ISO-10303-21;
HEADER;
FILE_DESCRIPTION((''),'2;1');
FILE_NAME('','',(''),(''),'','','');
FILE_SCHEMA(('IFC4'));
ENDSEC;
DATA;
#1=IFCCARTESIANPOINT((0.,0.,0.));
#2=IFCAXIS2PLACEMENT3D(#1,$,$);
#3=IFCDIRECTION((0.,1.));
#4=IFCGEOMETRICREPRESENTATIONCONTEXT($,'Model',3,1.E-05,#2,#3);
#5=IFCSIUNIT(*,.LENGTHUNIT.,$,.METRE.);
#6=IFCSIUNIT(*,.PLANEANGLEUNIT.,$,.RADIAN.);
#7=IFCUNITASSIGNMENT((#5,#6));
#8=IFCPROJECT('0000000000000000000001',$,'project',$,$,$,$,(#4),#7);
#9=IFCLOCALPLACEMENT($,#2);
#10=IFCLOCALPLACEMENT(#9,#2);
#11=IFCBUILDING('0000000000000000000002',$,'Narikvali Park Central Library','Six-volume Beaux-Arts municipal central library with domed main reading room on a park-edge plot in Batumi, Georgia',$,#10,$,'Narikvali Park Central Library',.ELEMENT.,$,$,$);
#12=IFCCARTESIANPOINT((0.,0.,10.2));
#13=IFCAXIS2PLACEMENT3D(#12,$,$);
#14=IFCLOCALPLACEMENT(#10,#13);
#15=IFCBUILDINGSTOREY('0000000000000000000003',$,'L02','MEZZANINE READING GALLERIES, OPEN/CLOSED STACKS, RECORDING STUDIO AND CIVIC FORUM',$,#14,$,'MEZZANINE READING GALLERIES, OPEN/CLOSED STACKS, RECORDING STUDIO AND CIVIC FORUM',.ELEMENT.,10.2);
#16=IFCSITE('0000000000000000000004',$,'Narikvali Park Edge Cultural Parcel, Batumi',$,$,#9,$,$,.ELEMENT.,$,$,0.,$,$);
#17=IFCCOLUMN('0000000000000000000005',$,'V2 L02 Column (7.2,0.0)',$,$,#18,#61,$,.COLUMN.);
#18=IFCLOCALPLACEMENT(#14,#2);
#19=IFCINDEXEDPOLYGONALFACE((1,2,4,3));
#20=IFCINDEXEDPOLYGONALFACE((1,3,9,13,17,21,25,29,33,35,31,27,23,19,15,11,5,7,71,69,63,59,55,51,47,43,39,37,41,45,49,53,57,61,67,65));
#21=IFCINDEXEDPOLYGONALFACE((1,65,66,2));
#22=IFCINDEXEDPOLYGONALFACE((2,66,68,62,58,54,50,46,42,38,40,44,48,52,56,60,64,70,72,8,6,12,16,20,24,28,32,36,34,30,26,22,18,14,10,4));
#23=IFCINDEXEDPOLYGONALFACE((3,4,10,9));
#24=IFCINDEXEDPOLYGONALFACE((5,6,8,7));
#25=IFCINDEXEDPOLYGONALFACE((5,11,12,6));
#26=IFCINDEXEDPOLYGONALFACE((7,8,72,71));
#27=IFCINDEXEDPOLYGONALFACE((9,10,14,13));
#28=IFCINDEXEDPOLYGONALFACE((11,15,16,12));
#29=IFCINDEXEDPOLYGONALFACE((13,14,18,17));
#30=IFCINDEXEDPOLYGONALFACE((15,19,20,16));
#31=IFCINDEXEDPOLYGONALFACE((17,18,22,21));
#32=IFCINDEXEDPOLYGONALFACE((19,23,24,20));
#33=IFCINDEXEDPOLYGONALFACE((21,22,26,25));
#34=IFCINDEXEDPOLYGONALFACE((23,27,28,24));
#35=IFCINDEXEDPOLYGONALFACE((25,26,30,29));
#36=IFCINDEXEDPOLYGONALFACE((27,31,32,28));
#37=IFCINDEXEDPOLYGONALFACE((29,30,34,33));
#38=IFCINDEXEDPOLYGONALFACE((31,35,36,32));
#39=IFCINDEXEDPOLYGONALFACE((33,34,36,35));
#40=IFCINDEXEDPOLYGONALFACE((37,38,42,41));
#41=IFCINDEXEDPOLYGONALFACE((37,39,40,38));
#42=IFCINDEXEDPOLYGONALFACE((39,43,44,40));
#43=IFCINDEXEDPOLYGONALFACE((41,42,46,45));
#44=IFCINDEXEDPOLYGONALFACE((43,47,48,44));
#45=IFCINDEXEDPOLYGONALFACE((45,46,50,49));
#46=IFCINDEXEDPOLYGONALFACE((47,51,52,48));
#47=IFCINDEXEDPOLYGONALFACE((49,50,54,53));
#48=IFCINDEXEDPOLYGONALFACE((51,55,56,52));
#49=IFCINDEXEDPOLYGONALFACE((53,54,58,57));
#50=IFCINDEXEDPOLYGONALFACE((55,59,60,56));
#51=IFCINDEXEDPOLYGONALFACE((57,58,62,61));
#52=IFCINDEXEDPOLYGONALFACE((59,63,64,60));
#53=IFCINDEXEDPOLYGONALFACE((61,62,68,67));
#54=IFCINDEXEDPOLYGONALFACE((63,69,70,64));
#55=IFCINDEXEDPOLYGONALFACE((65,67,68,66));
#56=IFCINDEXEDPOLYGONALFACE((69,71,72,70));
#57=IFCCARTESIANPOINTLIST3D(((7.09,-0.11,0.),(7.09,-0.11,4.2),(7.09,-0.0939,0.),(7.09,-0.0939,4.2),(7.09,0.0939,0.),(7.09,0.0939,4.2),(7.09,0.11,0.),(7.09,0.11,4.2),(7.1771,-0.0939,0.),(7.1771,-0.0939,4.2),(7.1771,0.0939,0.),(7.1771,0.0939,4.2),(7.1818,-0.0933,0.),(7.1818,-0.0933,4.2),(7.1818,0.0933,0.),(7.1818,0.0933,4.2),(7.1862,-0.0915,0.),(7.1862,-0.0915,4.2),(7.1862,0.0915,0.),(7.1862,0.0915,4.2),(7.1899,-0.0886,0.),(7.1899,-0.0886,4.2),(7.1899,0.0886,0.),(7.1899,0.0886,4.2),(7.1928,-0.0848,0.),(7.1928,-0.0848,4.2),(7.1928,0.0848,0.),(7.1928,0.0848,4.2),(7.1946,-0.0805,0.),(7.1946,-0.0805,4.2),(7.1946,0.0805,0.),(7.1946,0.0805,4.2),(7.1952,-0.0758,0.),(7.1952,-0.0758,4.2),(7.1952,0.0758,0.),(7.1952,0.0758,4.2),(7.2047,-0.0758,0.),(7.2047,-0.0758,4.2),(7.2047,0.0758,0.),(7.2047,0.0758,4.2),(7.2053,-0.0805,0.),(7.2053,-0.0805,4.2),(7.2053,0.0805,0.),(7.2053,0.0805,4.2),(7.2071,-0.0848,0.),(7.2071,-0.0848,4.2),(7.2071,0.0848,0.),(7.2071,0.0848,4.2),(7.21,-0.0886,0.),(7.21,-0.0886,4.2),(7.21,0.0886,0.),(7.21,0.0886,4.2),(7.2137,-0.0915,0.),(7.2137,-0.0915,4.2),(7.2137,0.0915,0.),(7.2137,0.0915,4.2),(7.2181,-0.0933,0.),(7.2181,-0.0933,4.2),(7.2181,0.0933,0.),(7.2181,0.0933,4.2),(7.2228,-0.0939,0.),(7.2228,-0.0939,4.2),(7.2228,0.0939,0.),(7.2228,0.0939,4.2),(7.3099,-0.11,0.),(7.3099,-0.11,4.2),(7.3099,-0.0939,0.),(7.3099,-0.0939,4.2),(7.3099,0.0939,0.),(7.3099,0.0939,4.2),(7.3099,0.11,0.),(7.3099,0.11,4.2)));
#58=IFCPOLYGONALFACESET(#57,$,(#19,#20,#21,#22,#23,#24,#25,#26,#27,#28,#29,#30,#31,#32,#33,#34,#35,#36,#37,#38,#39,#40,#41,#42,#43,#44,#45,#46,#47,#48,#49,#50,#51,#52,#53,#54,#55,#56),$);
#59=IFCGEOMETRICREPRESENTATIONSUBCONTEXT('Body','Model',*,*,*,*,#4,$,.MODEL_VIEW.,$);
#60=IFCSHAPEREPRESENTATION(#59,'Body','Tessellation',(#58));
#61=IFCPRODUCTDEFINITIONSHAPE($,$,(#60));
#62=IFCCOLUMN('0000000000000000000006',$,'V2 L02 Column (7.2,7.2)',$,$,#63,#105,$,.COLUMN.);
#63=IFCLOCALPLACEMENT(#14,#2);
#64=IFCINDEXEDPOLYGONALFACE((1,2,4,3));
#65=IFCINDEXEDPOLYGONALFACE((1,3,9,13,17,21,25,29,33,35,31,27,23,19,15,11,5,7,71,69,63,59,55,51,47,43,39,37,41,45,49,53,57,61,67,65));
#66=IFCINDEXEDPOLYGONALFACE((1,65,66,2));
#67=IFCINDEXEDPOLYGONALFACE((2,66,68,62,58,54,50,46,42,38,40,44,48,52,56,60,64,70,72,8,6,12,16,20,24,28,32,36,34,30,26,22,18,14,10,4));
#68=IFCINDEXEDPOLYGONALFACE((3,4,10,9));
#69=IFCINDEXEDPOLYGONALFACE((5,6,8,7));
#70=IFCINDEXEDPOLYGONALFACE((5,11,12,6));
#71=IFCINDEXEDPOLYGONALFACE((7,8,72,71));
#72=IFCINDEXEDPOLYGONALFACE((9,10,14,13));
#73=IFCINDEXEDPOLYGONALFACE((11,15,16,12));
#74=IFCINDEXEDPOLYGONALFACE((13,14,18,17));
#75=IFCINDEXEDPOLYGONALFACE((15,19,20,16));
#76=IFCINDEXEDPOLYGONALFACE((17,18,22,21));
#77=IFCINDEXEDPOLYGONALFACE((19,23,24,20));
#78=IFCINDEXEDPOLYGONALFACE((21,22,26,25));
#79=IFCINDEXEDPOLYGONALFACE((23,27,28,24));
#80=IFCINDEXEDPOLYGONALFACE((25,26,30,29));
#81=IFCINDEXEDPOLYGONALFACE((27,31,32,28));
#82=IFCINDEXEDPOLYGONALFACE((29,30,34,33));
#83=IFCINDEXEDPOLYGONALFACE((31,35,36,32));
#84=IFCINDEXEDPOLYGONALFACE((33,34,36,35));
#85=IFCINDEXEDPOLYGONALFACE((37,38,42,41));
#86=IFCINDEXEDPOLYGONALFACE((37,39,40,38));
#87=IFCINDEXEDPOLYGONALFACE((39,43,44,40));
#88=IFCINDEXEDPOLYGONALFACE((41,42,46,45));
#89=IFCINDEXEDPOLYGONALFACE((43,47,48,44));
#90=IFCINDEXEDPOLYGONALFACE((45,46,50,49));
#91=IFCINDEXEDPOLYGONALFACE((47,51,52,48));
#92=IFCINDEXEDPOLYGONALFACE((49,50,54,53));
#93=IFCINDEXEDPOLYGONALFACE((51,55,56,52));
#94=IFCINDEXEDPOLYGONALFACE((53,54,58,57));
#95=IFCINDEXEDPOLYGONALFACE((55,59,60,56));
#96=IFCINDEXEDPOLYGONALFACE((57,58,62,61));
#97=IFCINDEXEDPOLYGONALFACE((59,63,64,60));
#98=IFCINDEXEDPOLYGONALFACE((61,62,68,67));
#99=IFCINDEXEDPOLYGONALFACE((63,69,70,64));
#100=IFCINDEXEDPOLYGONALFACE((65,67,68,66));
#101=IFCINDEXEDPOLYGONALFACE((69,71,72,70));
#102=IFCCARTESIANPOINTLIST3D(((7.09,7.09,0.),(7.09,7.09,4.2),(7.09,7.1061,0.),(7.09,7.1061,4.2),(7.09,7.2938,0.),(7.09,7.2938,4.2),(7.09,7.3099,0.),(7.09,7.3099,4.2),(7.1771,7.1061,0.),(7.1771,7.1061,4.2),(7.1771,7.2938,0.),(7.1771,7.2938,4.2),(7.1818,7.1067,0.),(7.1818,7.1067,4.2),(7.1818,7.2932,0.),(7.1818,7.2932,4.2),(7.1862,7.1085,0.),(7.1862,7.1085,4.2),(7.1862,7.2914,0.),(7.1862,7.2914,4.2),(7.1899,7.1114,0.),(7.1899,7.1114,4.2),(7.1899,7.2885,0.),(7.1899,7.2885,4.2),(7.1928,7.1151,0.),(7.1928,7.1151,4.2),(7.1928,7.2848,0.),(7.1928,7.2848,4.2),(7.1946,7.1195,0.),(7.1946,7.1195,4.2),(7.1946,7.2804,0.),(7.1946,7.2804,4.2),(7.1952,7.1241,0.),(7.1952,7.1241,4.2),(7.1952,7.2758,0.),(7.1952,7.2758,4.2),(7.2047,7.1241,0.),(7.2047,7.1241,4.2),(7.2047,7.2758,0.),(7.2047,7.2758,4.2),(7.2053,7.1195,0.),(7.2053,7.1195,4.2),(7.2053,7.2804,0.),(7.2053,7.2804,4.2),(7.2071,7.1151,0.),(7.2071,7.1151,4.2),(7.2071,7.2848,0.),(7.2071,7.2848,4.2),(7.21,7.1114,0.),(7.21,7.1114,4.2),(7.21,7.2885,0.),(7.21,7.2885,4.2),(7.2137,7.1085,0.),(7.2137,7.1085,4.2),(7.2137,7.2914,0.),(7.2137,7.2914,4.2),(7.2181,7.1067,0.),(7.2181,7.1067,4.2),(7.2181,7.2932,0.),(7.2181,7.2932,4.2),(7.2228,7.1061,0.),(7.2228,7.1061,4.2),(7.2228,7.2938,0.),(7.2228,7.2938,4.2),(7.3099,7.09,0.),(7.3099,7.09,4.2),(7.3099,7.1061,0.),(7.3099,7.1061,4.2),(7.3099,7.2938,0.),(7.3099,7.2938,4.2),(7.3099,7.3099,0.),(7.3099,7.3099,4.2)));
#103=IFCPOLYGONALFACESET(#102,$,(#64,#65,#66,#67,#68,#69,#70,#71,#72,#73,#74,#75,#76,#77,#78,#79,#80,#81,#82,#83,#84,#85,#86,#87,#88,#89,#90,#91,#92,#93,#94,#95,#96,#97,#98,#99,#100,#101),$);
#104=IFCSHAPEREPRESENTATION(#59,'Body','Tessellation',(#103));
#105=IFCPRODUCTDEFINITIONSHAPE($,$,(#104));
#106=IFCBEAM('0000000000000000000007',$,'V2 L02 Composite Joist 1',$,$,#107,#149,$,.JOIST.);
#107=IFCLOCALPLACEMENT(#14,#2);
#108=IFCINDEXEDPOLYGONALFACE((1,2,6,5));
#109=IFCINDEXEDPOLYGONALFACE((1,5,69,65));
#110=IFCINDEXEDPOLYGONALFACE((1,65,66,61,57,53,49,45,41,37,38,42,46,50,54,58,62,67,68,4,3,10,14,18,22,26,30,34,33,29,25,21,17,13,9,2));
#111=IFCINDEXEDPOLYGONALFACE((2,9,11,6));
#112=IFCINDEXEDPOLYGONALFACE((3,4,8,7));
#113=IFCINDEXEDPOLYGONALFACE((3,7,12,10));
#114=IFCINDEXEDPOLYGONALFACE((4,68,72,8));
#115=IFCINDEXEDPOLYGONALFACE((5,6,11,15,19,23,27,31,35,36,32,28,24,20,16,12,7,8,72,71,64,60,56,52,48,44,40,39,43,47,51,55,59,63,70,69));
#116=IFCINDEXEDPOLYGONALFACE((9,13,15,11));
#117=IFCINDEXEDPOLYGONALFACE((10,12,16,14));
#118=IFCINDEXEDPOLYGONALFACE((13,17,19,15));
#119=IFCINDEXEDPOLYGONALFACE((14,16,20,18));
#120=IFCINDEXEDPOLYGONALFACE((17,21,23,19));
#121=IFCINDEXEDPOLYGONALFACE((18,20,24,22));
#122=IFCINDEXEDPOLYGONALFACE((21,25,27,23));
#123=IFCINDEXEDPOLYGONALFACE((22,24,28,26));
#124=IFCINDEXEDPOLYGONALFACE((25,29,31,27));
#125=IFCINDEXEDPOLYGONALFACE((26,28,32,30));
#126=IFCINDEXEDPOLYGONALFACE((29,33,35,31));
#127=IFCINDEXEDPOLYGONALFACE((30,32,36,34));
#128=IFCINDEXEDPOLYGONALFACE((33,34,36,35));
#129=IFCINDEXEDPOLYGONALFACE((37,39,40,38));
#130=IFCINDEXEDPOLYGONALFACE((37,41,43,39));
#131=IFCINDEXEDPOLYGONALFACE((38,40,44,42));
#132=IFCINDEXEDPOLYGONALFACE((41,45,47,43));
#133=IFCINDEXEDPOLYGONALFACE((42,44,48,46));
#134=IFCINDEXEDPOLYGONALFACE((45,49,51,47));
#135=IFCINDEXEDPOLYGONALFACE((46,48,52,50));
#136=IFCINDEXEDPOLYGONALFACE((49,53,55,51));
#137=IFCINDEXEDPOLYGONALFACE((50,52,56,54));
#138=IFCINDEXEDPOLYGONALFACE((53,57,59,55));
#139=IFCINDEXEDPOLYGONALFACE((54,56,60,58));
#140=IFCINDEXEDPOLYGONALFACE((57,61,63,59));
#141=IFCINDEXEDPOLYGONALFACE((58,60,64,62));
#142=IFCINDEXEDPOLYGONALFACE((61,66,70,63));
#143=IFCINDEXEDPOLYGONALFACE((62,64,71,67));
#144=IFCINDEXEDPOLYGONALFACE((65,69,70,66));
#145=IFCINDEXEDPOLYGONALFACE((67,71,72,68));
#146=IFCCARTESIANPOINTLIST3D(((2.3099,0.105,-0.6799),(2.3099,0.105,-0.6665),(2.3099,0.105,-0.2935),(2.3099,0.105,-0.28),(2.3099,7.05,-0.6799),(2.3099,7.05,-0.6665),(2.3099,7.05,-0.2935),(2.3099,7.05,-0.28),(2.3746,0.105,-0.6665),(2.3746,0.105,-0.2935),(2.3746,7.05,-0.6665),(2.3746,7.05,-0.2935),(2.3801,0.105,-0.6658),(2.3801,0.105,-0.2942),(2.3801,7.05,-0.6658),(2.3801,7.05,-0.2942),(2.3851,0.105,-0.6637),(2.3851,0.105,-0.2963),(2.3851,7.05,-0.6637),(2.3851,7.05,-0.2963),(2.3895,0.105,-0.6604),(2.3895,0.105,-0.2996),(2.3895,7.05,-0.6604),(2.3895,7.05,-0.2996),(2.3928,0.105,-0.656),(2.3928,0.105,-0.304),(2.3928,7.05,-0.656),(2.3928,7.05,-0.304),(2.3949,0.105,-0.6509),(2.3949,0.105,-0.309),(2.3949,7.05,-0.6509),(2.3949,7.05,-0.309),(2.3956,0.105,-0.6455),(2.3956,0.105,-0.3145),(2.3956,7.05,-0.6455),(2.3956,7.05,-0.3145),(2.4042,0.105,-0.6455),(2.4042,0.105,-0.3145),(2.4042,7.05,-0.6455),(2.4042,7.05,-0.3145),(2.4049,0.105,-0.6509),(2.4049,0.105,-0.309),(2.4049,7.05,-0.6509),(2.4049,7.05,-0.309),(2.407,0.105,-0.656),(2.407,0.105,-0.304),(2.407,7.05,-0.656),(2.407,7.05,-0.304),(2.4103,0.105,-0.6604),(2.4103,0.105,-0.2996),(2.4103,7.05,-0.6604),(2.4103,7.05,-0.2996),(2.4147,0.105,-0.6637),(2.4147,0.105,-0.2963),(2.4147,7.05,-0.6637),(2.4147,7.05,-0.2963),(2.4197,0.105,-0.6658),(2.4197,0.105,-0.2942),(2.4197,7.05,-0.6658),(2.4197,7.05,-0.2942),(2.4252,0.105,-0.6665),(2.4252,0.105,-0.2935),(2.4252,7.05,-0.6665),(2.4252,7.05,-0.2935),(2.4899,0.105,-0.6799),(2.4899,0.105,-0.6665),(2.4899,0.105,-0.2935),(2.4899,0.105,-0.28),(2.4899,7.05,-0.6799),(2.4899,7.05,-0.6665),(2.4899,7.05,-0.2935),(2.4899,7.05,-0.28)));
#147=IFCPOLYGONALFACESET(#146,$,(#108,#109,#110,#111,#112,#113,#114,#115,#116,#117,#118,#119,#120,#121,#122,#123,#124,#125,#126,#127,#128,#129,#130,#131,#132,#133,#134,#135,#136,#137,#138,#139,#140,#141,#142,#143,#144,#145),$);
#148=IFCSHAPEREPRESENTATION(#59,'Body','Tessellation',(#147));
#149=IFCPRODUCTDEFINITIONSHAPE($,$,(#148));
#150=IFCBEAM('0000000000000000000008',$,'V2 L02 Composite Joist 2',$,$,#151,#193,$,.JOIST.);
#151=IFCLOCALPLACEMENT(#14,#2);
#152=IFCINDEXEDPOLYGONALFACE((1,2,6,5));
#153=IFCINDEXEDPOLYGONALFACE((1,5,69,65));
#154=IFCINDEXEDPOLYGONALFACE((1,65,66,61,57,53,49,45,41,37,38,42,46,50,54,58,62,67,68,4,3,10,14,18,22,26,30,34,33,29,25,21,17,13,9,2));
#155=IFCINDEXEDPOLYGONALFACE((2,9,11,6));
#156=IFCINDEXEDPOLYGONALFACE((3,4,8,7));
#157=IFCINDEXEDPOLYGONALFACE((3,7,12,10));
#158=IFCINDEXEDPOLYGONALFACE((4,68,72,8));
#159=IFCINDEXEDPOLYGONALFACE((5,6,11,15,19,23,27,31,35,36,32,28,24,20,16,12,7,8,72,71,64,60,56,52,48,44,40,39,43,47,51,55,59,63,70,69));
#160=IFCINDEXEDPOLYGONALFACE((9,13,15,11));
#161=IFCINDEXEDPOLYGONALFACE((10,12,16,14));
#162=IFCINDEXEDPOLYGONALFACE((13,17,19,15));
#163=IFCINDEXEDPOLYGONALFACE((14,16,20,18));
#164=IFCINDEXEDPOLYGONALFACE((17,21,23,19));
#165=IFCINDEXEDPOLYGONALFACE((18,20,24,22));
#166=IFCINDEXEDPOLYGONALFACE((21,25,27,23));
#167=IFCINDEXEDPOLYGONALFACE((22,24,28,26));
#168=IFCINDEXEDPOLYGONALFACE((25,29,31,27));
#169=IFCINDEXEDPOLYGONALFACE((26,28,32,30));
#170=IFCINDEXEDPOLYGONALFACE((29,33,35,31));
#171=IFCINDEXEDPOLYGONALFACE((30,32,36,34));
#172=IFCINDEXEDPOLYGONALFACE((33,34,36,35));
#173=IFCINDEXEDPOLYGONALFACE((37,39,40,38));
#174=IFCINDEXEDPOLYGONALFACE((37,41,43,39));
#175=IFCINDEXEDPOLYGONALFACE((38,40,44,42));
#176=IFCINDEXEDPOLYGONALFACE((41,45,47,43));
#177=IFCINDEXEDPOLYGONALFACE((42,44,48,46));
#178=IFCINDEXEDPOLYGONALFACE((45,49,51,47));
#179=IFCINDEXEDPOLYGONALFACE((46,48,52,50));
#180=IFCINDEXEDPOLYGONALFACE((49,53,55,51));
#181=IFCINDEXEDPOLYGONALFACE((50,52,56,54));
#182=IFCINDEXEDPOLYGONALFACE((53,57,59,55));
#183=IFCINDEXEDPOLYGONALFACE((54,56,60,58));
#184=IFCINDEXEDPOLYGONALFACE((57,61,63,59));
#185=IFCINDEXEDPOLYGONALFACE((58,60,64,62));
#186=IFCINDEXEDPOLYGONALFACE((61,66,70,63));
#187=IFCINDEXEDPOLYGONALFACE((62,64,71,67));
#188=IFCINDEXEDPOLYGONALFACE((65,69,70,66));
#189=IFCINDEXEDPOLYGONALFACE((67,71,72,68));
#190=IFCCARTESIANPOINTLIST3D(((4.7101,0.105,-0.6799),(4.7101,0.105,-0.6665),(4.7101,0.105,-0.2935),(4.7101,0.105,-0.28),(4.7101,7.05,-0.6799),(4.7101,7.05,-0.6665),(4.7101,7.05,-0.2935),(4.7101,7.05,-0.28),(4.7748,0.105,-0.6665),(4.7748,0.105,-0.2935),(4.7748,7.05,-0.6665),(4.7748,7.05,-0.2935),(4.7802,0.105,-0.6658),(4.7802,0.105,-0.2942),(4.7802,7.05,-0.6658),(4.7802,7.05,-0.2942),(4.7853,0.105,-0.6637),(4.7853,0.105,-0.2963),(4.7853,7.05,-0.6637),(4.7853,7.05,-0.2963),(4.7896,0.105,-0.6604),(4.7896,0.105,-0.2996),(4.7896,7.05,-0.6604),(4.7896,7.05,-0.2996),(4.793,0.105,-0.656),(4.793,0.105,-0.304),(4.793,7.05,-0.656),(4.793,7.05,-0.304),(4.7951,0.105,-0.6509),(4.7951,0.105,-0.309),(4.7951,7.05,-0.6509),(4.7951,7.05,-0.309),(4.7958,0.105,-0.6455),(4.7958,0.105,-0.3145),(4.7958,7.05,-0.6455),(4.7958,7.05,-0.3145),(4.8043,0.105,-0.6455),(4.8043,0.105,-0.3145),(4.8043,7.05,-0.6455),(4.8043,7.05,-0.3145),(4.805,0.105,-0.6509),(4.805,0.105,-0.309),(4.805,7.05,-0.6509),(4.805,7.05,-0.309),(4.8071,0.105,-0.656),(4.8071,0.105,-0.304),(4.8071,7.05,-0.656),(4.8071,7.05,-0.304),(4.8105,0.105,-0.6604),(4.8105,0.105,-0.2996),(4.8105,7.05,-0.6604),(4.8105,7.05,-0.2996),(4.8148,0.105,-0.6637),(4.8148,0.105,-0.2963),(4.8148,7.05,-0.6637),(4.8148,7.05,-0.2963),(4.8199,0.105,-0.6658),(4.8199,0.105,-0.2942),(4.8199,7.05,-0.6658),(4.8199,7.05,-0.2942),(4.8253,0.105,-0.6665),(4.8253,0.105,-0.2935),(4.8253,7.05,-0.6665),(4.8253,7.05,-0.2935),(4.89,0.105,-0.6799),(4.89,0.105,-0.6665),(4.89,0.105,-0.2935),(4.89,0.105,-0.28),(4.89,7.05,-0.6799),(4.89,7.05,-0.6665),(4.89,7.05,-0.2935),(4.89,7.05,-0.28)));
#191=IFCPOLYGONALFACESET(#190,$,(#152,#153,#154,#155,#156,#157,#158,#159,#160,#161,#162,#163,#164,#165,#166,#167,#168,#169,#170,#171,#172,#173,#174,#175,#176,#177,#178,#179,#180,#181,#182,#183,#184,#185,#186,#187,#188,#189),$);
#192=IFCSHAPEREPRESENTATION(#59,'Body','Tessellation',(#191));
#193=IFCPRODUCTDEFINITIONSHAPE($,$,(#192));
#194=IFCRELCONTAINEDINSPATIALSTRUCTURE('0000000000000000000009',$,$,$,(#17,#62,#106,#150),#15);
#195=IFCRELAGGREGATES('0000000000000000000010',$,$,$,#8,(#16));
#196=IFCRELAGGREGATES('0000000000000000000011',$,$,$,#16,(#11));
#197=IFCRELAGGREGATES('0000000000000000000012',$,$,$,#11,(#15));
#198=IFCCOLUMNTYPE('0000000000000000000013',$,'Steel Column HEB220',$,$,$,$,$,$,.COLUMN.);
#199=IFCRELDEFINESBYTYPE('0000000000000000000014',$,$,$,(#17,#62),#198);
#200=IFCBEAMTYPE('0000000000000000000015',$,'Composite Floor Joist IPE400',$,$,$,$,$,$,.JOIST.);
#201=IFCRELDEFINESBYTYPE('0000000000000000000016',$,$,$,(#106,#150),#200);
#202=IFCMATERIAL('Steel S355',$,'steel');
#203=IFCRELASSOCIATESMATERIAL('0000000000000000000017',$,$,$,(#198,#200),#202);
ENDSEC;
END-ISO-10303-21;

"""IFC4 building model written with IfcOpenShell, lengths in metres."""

from ifc_helpers import new_model, si_unit, direction, frame, origin, origin_2d, place, context, subcontext, project, spatial, i_section, extrude, material, material_profile, profile_set, type_object, element, save


model = new_model("IFC4")

# Units and contexts
model_context = context("Model", 3, precision=1e-05, world=origin(), true_north=direction((0.0, 1.0)))
body_context = subcontext(model_context, "Body", "Model", "MODEL_VIEW")
ifc_project = project(units=[si_unit("LENGTHUNIT", "METRE"), si_unit("PLANEANGLEUNIT", "RADIAN")], contexts=[model_context])

# Site, building, storey
site_placement = place(None, origin())
site = spatial("IfcSite", under=ifc_project, at=site_placement, Name="Narikvali Park Edge Cultural Parcel, Batumi", CompositionType="ELEMENT", RefElevation=0.0)
building_placement = place(site_placement, origin())
building = spatial("IfcBuilding", under=site, at=building_placement, Name="Narikvali Park Central Library", Description="Six-volume Beaux-Arts municipal central library with domed main reading room on a park-edge plot in Batumi, Georgia", LongName="Narikvali Park Central Library", CompositionType="ELEMENT")
storey_placement = place(building_placement, frame((0.0, 0.0, 10.2)))
storey = spatial("IfcBuildingStorey", under=building, at=storey_placement, Name="L02", Description="MEZZANINE READING GALLERIES, OPEN/CLOSED STACKS, RECORDING STUDIO AND CIVIC FORUM", LongName="MEZZANINE READING GALLERIES, OPEN/CLOSED STACKS, RECORDING STUDIO AND CIVIC FORUM", CompositionType="ELEMENT", Elevation=10.2)

# Columns
ifc_material_1 = material(Name="Steel S355", Category="steel")
ifc_material_profile_1 = material_profile(ifc_material_1, i_section(OverallWidth=0.22, OverallDepth=0.22, WebThickness=0.0095, FlangeThickness=0.0161, FilletRadius=0.0181, at=origin_2d()), Name="HEB 220")
ifc_profile_set_1 = profile_set([ifc_material_profile_1], Name="Steel S355")
column_type = type_object("IfcColumnType", Name="Steel Column HEB220", PredefinedType="COLUMN", material=ifc_profile_set_1)
for number, where, z_axis, x_axis, name in (
    (1, (7.2, 0.0, 0.0), (0.0, 0.0, 1.0), (1.0, 0.0, 0.0), "V2 L02 Column (7.2,0.0)"),
    (2, (7.2, 7.2, 0.0), (0.0, 0.0, 1.0), (1.0, 0.0, 0.0), "V2 L02 Column (7.2,7.2)"),
):
    element("IfcColumn", number, at=place(storey_placement, frame(where, z_axis=z_axis, x_axis=x_axis)), inside=storey, type_object=column_type, Name=name, PredefinedType="COLUMN", context=body_context, shape_type="SweptSolid", body=[
        extrude(i_section(OverallWidth=0.22, OverallDepth=0.22, WebThickness=0.0095, FlangeThickness=0.0161, FilletRadius=0.0181, at=origin_2d()), origin(), (0.0, 0.0, 1.0), 4.2),
    ])

# Beams
ifc_material_profile_2 = material_profile(ifc_material_1, i_section(OverallWidth=0.1799, OverallDepth=0.3999, WebThickness=0.0085, FlangeThickness=0.0134, FilletRadius=0.021, at=origin_2d()), Name="IPE 400")
ifc_profile_set_2 = profile_set([ifc_material_profile_2], Name="Steel S355")
beam_type_1 = type_object("IfcBeamType", Name="Composite Floor Joist IPE400", PredefinedType="JOIST", material=ifc_profile_set_2)
for number, where, z_axis, x_axis, name in (
    (3, (2.3999, 0.105, -0.48), (0.0, 1.0, 0.0), (-1.0, 0.0, 0.0), "V2 L02 Composite Joist 1"),
    (4, (4.8, 0.105, -0.48), (0.0, 1.0, 0.0), (-1.0, 0.0, 0.0), "V2 L02 Composite Joist 2"),
):
    element("IfcBeam", number, at=place(storey_placement, frame(where, z_axis=z_axis, x_axis=x_axis)), inside=storey, type_object=beam_type_1, Name=name, PredefinedType="JOIST", context=body_context, shape_type="SweptSolid", body=[
        extrude(i_section(OverallWidth=0.1799, OverallDepth=0.3999, WebThickness=0.0085, FlangeThickness=0.0134, FilletRadius=0.021, at=origin_2d()), origin(), (0.0, 0.0, 1.0), 6.9451),
    ])

save(model, "model.ifc")
